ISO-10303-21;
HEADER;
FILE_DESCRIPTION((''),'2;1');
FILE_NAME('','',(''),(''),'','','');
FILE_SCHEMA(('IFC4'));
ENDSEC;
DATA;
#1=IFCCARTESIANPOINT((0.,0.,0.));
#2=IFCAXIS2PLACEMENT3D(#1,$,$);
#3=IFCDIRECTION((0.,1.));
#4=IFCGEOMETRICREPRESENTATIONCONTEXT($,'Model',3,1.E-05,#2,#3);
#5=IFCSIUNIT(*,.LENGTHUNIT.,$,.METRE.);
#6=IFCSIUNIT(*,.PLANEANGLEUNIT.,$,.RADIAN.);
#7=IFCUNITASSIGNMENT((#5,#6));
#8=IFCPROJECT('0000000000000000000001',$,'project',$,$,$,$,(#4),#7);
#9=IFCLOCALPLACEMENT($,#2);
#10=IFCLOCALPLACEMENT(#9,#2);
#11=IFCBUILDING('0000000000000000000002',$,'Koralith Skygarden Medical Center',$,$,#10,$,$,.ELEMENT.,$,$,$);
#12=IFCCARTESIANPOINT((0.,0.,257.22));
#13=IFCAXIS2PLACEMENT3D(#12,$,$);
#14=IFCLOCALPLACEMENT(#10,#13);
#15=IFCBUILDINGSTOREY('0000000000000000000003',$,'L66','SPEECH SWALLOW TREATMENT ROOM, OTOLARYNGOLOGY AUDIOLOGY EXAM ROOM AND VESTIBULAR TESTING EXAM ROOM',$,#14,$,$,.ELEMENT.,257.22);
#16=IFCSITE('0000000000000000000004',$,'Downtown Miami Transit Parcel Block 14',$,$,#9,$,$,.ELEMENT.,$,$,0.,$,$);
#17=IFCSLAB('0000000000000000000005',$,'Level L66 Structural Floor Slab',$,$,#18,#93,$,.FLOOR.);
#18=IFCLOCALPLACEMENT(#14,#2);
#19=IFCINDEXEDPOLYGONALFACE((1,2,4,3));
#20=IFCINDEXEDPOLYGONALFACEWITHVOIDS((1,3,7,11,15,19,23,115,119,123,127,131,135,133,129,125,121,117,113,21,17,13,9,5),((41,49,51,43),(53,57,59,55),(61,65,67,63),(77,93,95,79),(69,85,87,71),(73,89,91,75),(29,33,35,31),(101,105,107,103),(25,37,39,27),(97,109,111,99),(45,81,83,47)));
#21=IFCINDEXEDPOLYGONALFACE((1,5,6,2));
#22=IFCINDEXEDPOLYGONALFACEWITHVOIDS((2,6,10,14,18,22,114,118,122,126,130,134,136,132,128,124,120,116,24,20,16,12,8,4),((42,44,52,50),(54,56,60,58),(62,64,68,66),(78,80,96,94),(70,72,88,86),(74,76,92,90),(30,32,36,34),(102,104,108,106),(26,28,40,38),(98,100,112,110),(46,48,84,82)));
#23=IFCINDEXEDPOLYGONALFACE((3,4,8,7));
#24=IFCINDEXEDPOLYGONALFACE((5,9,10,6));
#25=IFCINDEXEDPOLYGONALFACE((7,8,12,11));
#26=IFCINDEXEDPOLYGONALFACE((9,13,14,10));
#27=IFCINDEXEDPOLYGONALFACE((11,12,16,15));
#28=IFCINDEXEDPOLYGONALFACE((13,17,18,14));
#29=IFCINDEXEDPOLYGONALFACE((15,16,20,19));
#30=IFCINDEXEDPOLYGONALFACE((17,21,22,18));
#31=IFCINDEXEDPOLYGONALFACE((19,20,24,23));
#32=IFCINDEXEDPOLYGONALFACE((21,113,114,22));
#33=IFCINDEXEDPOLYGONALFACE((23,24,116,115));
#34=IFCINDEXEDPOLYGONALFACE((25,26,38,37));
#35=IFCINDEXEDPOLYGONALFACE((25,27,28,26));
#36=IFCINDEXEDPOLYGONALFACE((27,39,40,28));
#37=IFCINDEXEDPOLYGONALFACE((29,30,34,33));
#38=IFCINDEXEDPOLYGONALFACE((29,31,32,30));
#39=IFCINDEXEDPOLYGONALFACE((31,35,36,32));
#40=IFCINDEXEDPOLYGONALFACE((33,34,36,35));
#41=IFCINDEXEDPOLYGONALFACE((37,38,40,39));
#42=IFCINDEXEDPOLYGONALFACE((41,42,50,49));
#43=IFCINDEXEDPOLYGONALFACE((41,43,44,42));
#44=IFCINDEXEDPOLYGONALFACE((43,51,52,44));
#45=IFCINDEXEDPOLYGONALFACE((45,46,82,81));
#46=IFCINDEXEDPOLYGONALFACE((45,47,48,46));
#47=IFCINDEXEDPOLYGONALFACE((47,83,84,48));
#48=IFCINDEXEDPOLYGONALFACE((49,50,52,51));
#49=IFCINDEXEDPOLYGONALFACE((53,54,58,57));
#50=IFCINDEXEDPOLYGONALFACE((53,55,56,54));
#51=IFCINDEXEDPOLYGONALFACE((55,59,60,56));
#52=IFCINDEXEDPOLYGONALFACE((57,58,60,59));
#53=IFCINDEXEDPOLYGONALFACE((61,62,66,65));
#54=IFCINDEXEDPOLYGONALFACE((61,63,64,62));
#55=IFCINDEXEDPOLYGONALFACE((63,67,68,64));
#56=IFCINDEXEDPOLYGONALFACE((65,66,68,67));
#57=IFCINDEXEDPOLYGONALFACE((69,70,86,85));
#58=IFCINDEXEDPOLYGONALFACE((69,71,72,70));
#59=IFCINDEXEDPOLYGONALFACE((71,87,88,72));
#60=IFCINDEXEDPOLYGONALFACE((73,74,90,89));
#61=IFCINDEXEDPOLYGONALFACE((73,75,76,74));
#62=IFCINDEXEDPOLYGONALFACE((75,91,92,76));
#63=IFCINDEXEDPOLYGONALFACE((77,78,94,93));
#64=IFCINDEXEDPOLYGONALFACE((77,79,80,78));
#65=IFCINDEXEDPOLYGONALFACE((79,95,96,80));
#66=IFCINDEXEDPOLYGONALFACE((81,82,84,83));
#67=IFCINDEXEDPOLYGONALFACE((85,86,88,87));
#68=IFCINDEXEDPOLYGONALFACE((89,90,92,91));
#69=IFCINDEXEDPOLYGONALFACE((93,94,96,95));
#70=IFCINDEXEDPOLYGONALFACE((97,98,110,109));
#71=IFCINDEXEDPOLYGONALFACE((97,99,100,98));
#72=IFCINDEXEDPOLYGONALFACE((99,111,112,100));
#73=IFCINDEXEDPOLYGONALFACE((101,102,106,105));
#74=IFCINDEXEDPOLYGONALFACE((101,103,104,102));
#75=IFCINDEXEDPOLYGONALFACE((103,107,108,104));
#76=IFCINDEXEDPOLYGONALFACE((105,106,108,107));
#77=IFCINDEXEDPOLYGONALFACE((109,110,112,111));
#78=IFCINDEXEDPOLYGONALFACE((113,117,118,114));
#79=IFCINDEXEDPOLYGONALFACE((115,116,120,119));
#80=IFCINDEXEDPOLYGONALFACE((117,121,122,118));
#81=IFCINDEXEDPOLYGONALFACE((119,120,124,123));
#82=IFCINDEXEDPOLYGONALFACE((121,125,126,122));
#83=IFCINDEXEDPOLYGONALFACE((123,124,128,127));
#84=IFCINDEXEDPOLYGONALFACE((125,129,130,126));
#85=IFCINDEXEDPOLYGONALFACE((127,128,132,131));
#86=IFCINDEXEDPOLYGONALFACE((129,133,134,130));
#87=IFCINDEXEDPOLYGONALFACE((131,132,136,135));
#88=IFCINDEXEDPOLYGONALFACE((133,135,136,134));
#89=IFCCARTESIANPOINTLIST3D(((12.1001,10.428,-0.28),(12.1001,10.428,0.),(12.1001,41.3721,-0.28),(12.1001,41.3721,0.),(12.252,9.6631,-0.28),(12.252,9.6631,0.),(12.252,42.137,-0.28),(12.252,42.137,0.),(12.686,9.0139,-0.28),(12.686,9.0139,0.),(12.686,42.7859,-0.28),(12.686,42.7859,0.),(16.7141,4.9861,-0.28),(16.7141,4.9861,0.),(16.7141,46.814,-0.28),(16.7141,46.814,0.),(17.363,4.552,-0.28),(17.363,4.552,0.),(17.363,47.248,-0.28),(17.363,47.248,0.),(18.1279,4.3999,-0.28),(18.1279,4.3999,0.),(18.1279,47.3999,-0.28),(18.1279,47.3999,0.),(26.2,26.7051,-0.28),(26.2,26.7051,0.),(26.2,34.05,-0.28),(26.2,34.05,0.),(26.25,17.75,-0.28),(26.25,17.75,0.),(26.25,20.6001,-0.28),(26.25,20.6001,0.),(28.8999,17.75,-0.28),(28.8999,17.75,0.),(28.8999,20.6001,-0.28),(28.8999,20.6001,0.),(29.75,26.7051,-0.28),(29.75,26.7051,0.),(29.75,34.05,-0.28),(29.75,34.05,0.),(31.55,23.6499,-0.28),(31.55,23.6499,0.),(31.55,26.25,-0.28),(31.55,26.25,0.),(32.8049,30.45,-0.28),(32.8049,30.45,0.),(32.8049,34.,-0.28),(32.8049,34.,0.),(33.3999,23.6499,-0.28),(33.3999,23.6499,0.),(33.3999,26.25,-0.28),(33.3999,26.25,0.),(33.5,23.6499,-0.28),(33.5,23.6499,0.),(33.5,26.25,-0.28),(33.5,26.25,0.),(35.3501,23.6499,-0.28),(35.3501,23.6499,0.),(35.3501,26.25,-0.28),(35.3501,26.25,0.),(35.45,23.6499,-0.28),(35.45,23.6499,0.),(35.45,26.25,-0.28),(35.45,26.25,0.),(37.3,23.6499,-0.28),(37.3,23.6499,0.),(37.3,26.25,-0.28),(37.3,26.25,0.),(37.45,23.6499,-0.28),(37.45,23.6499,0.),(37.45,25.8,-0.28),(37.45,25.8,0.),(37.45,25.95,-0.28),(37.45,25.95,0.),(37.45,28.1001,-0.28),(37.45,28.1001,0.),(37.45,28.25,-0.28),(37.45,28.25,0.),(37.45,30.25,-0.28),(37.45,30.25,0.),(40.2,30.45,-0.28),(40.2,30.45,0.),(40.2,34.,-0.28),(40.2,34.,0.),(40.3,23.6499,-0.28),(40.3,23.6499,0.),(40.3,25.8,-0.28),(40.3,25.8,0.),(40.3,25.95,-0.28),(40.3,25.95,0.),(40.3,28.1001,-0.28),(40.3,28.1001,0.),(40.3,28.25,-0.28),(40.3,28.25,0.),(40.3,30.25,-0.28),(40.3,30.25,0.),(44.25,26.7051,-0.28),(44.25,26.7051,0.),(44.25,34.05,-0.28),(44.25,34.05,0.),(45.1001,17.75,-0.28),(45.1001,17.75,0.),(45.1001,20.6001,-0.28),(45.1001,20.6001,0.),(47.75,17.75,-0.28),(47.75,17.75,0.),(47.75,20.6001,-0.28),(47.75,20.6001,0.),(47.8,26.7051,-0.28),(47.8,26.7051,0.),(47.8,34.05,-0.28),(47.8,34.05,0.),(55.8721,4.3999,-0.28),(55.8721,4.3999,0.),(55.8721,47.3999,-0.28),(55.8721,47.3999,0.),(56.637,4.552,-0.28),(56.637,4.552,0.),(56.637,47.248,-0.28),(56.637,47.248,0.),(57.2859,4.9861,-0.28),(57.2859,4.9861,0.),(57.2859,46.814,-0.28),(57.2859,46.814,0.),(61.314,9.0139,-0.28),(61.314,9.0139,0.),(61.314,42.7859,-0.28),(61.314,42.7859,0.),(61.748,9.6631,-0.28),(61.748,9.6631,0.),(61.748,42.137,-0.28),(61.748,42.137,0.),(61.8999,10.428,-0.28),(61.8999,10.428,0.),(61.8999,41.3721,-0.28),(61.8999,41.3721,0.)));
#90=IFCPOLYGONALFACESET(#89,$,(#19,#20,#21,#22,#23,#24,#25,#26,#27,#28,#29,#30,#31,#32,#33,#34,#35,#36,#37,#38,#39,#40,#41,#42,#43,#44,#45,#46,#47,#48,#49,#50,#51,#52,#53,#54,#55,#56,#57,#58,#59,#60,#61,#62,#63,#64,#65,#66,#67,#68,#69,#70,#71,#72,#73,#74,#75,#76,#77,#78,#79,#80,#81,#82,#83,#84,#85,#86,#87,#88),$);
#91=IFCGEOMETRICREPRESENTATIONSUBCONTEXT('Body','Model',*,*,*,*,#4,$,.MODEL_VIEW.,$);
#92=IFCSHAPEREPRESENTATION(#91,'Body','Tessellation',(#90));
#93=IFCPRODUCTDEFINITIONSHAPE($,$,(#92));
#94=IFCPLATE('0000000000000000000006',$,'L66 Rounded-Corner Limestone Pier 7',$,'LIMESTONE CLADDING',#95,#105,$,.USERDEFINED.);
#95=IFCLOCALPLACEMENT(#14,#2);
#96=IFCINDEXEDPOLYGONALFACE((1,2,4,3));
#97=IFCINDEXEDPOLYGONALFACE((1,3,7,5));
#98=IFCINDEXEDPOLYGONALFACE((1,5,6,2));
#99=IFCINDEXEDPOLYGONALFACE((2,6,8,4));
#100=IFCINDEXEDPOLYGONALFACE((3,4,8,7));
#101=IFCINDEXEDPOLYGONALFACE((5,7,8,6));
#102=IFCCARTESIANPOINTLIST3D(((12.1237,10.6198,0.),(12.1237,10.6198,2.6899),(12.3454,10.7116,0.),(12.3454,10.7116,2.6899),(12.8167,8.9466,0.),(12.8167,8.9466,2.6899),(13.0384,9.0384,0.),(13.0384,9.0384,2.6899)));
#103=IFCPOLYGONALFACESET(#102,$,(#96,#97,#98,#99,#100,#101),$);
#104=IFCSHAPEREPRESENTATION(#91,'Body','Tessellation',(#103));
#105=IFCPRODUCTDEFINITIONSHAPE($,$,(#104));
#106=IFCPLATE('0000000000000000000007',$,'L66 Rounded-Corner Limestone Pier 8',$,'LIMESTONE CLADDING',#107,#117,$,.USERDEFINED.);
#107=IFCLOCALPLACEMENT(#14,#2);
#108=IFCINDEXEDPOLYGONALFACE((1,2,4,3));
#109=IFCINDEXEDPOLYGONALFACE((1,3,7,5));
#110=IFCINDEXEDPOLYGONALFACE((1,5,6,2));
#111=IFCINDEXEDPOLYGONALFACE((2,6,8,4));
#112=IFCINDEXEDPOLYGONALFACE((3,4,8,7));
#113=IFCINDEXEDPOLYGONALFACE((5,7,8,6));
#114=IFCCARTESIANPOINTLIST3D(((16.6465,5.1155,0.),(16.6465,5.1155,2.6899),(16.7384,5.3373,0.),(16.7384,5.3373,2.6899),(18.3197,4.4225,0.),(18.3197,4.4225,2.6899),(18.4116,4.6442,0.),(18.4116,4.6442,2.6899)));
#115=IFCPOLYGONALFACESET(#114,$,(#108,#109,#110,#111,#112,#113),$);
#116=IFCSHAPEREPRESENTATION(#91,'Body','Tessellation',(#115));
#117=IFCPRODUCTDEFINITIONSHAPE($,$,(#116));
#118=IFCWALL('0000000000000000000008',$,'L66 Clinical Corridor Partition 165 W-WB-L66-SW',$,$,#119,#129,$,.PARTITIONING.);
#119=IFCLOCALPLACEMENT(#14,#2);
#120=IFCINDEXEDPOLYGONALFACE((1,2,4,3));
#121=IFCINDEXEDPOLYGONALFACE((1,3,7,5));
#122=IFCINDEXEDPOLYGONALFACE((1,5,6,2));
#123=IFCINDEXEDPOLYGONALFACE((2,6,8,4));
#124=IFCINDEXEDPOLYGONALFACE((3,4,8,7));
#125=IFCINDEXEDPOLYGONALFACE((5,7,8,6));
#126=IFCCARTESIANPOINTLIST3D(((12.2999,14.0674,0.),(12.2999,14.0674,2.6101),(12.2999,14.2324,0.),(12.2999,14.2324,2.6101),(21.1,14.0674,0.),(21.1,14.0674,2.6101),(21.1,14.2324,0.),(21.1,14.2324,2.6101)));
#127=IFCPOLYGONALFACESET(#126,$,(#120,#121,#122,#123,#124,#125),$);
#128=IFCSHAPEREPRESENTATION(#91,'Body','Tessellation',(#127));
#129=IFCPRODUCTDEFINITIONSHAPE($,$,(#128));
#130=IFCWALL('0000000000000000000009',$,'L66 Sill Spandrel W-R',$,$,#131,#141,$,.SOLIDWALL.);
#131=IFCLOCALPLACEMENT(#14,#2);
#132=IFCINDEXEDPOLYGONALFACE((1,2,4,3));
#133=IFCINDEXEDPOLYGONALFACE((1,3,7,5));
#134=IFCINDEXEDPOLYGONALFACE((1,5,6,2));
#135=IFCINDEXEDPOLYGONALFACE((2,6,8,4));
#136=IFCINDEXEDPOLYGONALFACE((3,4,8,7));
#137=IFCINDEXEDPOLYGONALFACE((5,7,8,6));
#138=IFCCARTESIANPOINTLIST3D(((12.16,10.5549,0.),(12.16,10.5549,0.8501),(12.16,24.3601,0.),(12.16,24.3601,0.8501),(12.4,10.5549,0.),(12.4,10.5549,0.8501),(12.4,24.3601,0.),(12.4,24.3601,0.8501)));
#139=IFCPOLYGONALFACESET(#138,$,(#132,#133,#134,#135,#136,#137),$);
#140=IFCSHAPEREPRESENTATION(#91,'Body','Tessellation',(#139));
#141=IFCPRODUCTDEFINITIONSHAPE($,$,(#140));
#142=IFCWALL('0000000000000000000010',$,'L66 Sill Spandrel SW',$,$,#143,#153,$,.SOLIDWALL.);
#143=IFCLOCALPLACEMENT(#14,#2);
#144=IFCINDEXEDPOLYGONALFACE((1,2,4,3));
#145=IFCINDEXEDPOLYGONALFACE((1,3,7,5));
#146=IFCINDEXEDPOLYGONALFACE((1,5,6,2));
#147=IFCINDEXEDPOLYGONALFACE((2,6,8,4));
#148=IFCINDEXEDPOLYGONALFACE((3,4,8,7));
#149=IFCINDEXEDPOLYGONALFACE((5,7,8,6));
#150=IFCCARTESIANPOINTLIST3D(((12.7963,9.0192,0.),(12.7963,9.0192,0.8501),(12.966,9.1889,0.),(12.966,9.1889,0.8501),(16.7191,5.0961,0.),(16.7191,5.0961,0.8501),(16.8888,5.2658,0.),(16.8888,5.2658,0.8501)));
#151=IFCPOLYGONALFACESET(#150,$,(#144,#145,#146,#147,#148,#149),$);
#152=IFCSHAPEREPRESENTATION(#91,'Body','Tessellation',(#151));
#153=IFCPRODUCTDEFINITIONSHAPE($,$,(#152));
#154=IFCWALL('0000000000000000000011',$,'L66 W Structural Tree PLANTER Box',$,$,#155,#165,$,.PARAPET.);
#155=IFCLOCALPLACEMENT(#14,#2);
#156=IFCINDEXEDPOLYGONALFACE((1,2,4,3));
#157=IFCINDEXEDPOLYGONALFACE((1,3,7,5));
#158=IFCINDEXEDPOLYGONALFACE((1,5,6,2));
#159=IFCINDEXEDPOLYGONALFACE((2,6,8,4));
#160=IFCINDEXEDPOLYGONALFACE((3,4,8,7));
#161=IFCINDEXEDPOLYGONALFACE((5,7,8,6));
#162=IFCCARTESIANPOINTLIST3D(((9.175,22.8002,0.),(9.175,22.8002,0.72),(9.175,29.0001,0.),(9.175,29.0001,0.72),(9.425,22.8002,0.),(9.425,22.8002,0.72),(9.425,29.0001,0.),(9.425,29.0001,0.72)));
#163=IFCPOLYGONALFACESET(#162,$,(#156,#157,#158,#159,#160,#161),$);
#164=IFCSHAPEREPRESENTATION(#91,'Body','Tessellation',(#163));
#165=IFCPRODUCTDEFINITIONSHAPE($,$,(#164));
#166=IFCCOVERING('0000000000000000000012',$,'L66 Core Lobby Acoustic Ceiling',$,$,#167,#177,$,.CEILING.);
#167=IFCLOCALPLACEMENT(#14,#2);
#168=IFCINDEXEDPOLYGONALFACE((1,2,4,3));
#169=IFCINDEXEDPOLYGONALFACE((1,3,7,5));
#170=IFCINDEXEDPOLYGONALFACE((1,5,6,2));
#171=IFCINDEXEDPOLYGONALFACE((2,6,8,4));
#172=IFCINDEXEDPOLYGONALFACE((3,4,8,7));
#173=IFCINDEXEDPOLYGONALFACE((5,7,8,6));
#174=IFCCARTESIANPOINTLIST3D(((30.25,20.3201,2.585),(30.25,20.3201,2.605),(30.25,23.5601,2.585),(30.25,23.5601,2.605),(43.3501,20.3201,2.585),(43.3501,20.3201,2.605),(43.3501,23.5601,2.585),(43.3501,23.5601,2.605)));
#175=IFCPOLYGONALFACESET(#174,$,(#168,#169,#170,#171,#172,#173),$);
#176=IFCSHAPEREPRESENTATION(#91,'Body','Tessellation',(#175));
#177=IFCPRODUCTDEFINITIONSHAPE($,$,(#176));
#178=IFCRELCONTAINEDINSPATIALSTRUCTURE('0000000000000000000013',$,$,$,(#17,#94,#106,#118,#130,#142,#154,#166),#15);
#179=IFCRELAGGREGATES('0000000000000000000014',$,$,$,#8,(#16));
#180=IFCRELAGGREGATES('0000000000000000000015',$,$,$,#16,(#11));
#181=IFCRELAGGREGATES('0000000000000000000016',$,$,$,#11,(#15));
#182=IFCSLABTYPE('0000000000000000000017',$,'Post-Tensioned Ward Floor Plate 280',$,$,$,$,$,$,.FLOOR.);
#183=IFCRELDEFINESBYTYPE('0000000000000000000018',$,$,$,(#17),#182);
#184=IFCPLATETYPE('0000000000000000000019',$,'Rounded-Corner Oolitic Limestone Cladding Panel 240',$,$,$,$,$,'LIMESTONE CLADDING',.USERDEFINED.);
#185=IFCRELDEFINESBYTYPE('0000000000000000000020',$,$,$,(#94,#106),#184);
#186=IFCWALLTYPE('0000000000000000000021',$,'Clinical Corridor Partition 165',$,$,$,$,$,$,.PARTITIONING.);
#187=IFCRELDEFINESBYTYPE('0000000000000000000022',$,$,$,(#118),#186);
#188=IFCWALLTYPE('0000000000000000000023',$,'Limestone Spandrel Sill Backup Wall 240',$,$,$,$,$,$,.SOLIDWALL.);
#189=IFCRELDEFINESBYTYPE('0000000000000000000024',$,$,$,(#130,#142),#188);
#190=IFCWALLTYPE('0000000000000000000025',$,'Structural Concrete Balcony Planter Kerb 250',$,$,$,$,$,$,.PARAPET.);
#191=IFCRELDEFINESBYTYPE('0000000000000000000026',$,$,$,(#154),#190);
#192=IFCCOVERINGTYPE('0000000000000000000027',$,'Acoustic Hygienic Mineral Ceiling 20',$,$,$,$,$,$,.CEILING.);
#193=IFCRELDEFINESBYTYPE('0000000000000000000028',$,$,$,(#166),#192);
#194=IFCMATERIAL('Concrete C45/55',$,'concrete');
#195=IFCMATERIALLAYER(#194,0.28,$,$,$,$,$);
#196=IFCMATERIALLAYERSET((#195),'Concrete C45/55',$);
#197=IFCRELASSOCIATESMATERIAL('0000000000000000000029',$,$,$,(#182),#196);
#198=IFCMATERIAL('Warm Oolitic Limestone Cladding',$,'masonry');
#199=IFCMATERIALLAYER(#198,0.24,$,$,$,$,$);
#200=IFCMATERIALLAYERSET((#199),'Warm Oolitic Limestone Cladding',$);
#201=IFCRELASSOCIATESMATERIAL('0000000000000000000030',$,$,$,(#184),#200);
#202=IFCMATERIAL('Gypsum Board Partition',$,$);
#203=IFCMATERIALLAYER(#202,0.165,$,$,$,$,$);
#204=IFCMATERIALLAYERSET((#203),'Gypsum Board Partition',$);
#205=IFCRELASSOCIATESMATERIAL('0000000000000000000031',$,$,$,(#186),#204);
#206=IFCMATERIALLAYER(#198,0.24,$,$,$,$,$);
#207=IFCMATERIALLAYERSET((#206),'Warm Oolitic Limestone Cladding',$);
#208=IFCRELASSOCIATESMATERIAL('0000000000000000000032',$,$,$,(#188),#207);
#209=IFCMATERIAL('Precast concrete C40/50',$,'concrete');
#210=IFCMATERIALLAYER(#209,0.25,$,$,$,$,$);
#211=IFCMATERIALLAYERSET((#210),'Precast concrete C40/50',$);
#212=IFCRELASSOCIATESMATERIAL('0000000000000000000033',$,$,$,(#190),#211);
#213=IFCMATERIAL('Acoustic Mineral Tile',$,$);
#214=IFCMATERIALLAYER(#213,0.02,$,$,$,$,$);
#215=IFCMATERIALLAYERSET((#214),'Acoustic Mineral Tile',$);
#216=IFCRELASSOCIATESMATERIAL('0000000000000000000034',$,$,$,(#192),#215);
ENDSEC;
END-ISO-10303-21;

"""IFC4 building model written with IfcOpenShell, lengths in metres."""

from ifc_helpers import new_model, si_unit, direction, frame, frame_2d, origin, origin_2d, place, context, subcontext, project, spatial, polyline, rectangle, outline, extrude, material, layer, layer_set, type_object, element, save


model = new_model("IFC4")

# Units and contexts
model_context = context("Model", 3, precision=1e-05, world=origin(), true_north=direction((0.0, 1.0)))
body_context = subcontext(model_context, "Body", "Model", "MODEL_VIEW")
ifc_project = project(units=[si_unit("LENGTHUNIT", "METRE"), si_unit("PLANEANGLEUNIT", "RADIAN")], contexts=[model_context])

# Site, building, storey
site_placement = place(None, origin())
site = spatial("IfcSite", under=ifc_project, at=site_placement, Name="Downtown Miami Transit Parcel Block 14", CompositionType="ELEMENT", RefElevation=0.0)
building_placement = place(site_placement, origin())
building = spatial("IfcBuilding", under=site, at=building_placement, Name="Koralith Skygarden Medical Center", CompositionType="ELEMENT")
storey_placement = place(building_placement, frame((0.0, 0.0, 257.22)))
storey = spatial("IfcBuildingStorey", under=building, at=storey_placement, Name="L66", Description="SPEECH SWALLOW TREATMENT ROOM, OTOLARYNGOLOGY AUDIOLOGY EXAM ROOM AND VESTIBULAR TESTING EXAM ROOM", CompositionType="ELEMENT", Elevation=257.22)

# Shared definitions
ifc_material_1 = material(Name="Concrete C45/55", Category="concrete")

# Slab
ifc_layer_1 = layer(ifc_material_1, 0.28)
ifc_layer_set_1 = layer_set([ifc_layer_1], Name="Concrete C45/55")
slab_type_1 = type_object("IfcSlabType", Name="Post-Tensioned Ward Floor Plate 280", PredefinedType="FLOOR", material=ifc_layer_set_1)
slab_1_placement = place(storey_placement, frame((0.0, 0.0, -0.28)))
element("IfcSlab", 1, at=slab_1_placement, inside=storey, type_object=slab_type_1, Name="Level L66 Structural Floor Slab", PredefinedType="FLOOR", context=body_context, shape_type="SweptSolid", body=[
    extrude(outline(polyline([(16.7141, 4.9861), (17.363, 4.552), (18.1279, 4.3999), (55.8721, 4.3999), (56.637, 4.552), (57.2859, 4.9861), (61.314, 9.0139), (61.748, 9.6631), (61.8999, 10.428), (61.8999, 41.3721), (61.748, 42.137), (61.314, 42.7859), (57.2859, 46.814), (56.637, 47.248), (55.8721, 47.3999), (18.1279, 47.3999), (17.363, 47.248), (16.7141, 46.814), (12.686, 42.7859), (12.252, 42.137), (12.1001, 41.3721), (12.1001, 10.428), (12.252, 9.6631), (12.686, 9.0139), (16.7141, 4.9861)]), holes=[polyline([(26.2, 26.7051), (29.75, 26.7051), (29.75, 34.05), (26.2, 34.05), (26.2, 26.7051)]), polyline([(44.25, 26.7051), (47.8, 26.7051), (47.8, 34.05), (44.25, 34.05), (44.25, 26.7051)]), polyline([(32.8049, 30.45), (40.2, 30.45), (40.2, 34.0), (32.8049, 34.0), (32.8049, 30.45)]), polyline([(26.25, 17.75), (28.8999, 17.75), (28.8999, 20.6001), (26.25, 20.6001), (26.25, 17.75)]), polyline([(45.1001, 17.75), (47.75, 17.75), (47.75, 20.6001), (45.1001, 20.6001), (45.1001, 17.75)]), polyline([(31.55, 23.6499), (33.3999, 23.6499), (33.3999, 26.25), (31.55, 26.25), (31.55, 23.6499)]), polyline([(33.5, 23.6499), (35.3501, 23.6499), (35.3501, 26.25), (33.5, 26.25), (33.5, 23.6499)]), polyline([(35.45, 23.6499), (37.3, 23.6499), (37.3, 26.25), (35.45, 26.25), (35.45, 23.6499)]), polyline([(37.45, 23.6499), (40.3, 23.6499), (40.3, 25.8), (37.45, 25.8), (37.45, 23.6499)]), polyline([(37.45, 25.95), (40.3, 25.95), (40.3, 28.1001), (37.45, 28.1001), (37.45, 25.95)]), polyline([(37.45, 28.25), (40.3, 28.25), (40.3, 30.25), (37.45, 30.25), (37.45, 28.25)])]), origin(), (0.0, 0.0, 1.0), 0.28),
])

# Plates
ifc_material_2 = material(Name="Warm Oolitic Limestone Cladding", Category="masonry")
ifc_layer_2 = layer(ifc_material_2, 0.24)
ifc_layer_set_2 = layer_set([ifc_layer_2], Name="Warm Oolitic Limestone Cladding")
plate_type_1 = type_object("IfcPlateType", Name="Rounded-Corner Oolitic Limestone Cladding Panel 240", ElementType="LIMESTONE CLADDING", PredefinedType="USERDEFINED", material=ifc_layer_set_2)
for number, where, z_axis, x_axis, name in (
    (2, (12.5811, 9.8291, 0.0), (0.0, 0.0, 1.0), (0.382671, -0.923885, 0.0), "L66 Rounded-Corner Limestone Pier 7"),
    (3, (17.5291, 4.8799, 0.0), (0.0, 0.0, 1.0), (0.923885, -0.382671, 0.0), "L66 Rounded-Corner Limestone Pier 8"),
):
    element("IfcPlate", number, at=place(storey_placement, frame(where, z_axis=z_axis, x_axis=x_axis)), inside=storey, type_object=plate_type_1, Name=name, ObjectType="LIMESTONE CLADDING", PredefinedType="USERDEFINED", context=body_context, shape_type="SweptSolid", body=[
        extrude(rectangle(XDim=1.811, YDim=0.24, at=origin_2d()), origin(), (0.0, 0.0, 1.0), 2.6899),
    ])

# Walls
ifc_material_3 = material(Name="Gypsum Board Partition")
ifc_layer_3 = layer(ifc_material_3, 0.165)
ifc_layer_set_3 = layer_set([ifc_layer_3], Name="Gypsum Board Partition")
wall_type_1 = type_object("IfcWallType", Name="Clinical Corridor Partition 165", PredefinedType="PARTITIONING", material=ifc_layer_set_3)
wall_1_placement = place(storey_placement, frame((12.3, 14.1499, 0.0), z_axis=(0.0, 0.0, 1.0), x_axis=(1.0, 0.0, 0.0)))
element("IfcWall", 4, at=wall_1_placement, inside=storey, type_object=wall_type_1, Name="L66 Clinical Corridor Partition 165 W-WB-L66-SW", PredefinedType="PARTITIONING", context=body_context, shape_type="SweptSolid", body=[
    extrude(rectangle(XDim=8.8, YDim=0.165, at=frame_2d((4.3999, 0.0))), origin(), (0.0, 0.0, 1.0), 2.6101),
])
ifc_layer_4 = layer(ifc_material_2, 0.24)
ifc_layer_set_4 = layer_set([ifc_layer_4], Name="Warm Oolitic Limestone Cladding")
wall_type_2 = type_object("IfcWallType", Name="Limestone Spandrel Sill Backup Wall 240", PredefinedType="SOLIDWALL", material=ifc_layer_set_4)
wall_2_placement = place(storey_placement, frame((12.28, 24.3601, 0.0), z_axis=(0.0, 0.0, 1.0), x_axis=(0.0, -1.0, 0.0)))
element("IfcWall", 5, at=wall_2_placement, inside=storey, type_object=wall_type_2, Name="L66 Sill Spandrel W-R", PredefinedType="SOLIDWALL", context=body_context, shape_type="SweptSolid", body=[
    extrude(rectangle(XDim=13.8052, YDim=0.24, at=frame_2d((6.9026, 0.0))), origin(), (0.0, 0.0, 1.0), 0.8501),
])
wall_3_placement = place(storey_placement, frame((12.8811, 9.104, 0.0), z_axis=(0.0, 0.0, 1.0), x_axis=(0.707085, -0.707129, 0.0)))
element("IfcWall", 6, at=wall_3_placement, inside=storey, type_object=wall_type_2, Name="L66 Sill Spandrel SW", PredefinedType="SOLIDWALL", context=body_context, shape_type="SweptSolid", body=[
    extrude(rectangle(XDim=5.5479, YDim=0.24, at=frame_2d((2.7739, 0.0))), origin(), (0.0, 0.0, 1.0), 0.8501),
])
ifc_material_4 = material(Name="Precast concrete C40/50", Category="concrete")
ifc_layer_5 = layer(ifc_material_4, 0.25)
ifc_layer_set_5 = layer_set([ifc_layer_5], Name="Precast concrete C40/50")
wall_type_3 = type_object("IfcWallType", Name="Structural Concrete Balcony Planter Kerb 250", PredefinedType="PARAPET", material=ifc_layer_set_5)
wall_4_placement = place(storey_placement, frame((9.3, 22.8, 0.0), z_axis=(0.0, 0.0, 1.0), x_axis=(0.0, 1.0, 0.0)))
element("IfcWall", 7, at=wall_4_placement, inside=storey, type_object=wall_type_3, Name="L66 W Structural Tree PLANTER Box", PredefinedType="PARAPET", context=body_context, shape_type="SweptSolid", body=[
    extrude(rectangle(XDim=6.2, YDim=0.25, at=frame_2d((3.1001, 0.0))), origin(), (0.0, 0.0, 1.0), 0.72),
])

# Covering
ifc_material_5 = material(Name="Acoustic Mineral Tile")
ifc_layer_6 = layer(ifc_material_5, 0.02)
ifc_layer_set_6 = layer_set([ifc_layer_6], Name="Acoustic Mineral Tile")
covering_type_1 = type_object("IfcCoveringType", Name="Acoustic Hygienic Mineral Ceiling 20", PredefinedType="CEILING", material=ifc_layer_set_6)
covering_1_placement = place(storey_placement, frame((0.0, 0.0, 2.585)))
element("IfcCovering", 8, at=covering_1_placement, inside=storey, type_object=covering_type_1, Name="L66 Core Lobby Acoustic Ceiling", PredefinedType="CEILING", context=body_context, shape_type="SweptSolid", body=[
    extrude(outline(polyline([(30.25, 20.3201), (43.3501, 20.3201), (43.3501, 23.5601), (30.25, 23.5601), (30.25, 20.3201)])), origin(), (0.0, 0.0, 1.0), 0.02),
])

save(model, "model.ifc")
